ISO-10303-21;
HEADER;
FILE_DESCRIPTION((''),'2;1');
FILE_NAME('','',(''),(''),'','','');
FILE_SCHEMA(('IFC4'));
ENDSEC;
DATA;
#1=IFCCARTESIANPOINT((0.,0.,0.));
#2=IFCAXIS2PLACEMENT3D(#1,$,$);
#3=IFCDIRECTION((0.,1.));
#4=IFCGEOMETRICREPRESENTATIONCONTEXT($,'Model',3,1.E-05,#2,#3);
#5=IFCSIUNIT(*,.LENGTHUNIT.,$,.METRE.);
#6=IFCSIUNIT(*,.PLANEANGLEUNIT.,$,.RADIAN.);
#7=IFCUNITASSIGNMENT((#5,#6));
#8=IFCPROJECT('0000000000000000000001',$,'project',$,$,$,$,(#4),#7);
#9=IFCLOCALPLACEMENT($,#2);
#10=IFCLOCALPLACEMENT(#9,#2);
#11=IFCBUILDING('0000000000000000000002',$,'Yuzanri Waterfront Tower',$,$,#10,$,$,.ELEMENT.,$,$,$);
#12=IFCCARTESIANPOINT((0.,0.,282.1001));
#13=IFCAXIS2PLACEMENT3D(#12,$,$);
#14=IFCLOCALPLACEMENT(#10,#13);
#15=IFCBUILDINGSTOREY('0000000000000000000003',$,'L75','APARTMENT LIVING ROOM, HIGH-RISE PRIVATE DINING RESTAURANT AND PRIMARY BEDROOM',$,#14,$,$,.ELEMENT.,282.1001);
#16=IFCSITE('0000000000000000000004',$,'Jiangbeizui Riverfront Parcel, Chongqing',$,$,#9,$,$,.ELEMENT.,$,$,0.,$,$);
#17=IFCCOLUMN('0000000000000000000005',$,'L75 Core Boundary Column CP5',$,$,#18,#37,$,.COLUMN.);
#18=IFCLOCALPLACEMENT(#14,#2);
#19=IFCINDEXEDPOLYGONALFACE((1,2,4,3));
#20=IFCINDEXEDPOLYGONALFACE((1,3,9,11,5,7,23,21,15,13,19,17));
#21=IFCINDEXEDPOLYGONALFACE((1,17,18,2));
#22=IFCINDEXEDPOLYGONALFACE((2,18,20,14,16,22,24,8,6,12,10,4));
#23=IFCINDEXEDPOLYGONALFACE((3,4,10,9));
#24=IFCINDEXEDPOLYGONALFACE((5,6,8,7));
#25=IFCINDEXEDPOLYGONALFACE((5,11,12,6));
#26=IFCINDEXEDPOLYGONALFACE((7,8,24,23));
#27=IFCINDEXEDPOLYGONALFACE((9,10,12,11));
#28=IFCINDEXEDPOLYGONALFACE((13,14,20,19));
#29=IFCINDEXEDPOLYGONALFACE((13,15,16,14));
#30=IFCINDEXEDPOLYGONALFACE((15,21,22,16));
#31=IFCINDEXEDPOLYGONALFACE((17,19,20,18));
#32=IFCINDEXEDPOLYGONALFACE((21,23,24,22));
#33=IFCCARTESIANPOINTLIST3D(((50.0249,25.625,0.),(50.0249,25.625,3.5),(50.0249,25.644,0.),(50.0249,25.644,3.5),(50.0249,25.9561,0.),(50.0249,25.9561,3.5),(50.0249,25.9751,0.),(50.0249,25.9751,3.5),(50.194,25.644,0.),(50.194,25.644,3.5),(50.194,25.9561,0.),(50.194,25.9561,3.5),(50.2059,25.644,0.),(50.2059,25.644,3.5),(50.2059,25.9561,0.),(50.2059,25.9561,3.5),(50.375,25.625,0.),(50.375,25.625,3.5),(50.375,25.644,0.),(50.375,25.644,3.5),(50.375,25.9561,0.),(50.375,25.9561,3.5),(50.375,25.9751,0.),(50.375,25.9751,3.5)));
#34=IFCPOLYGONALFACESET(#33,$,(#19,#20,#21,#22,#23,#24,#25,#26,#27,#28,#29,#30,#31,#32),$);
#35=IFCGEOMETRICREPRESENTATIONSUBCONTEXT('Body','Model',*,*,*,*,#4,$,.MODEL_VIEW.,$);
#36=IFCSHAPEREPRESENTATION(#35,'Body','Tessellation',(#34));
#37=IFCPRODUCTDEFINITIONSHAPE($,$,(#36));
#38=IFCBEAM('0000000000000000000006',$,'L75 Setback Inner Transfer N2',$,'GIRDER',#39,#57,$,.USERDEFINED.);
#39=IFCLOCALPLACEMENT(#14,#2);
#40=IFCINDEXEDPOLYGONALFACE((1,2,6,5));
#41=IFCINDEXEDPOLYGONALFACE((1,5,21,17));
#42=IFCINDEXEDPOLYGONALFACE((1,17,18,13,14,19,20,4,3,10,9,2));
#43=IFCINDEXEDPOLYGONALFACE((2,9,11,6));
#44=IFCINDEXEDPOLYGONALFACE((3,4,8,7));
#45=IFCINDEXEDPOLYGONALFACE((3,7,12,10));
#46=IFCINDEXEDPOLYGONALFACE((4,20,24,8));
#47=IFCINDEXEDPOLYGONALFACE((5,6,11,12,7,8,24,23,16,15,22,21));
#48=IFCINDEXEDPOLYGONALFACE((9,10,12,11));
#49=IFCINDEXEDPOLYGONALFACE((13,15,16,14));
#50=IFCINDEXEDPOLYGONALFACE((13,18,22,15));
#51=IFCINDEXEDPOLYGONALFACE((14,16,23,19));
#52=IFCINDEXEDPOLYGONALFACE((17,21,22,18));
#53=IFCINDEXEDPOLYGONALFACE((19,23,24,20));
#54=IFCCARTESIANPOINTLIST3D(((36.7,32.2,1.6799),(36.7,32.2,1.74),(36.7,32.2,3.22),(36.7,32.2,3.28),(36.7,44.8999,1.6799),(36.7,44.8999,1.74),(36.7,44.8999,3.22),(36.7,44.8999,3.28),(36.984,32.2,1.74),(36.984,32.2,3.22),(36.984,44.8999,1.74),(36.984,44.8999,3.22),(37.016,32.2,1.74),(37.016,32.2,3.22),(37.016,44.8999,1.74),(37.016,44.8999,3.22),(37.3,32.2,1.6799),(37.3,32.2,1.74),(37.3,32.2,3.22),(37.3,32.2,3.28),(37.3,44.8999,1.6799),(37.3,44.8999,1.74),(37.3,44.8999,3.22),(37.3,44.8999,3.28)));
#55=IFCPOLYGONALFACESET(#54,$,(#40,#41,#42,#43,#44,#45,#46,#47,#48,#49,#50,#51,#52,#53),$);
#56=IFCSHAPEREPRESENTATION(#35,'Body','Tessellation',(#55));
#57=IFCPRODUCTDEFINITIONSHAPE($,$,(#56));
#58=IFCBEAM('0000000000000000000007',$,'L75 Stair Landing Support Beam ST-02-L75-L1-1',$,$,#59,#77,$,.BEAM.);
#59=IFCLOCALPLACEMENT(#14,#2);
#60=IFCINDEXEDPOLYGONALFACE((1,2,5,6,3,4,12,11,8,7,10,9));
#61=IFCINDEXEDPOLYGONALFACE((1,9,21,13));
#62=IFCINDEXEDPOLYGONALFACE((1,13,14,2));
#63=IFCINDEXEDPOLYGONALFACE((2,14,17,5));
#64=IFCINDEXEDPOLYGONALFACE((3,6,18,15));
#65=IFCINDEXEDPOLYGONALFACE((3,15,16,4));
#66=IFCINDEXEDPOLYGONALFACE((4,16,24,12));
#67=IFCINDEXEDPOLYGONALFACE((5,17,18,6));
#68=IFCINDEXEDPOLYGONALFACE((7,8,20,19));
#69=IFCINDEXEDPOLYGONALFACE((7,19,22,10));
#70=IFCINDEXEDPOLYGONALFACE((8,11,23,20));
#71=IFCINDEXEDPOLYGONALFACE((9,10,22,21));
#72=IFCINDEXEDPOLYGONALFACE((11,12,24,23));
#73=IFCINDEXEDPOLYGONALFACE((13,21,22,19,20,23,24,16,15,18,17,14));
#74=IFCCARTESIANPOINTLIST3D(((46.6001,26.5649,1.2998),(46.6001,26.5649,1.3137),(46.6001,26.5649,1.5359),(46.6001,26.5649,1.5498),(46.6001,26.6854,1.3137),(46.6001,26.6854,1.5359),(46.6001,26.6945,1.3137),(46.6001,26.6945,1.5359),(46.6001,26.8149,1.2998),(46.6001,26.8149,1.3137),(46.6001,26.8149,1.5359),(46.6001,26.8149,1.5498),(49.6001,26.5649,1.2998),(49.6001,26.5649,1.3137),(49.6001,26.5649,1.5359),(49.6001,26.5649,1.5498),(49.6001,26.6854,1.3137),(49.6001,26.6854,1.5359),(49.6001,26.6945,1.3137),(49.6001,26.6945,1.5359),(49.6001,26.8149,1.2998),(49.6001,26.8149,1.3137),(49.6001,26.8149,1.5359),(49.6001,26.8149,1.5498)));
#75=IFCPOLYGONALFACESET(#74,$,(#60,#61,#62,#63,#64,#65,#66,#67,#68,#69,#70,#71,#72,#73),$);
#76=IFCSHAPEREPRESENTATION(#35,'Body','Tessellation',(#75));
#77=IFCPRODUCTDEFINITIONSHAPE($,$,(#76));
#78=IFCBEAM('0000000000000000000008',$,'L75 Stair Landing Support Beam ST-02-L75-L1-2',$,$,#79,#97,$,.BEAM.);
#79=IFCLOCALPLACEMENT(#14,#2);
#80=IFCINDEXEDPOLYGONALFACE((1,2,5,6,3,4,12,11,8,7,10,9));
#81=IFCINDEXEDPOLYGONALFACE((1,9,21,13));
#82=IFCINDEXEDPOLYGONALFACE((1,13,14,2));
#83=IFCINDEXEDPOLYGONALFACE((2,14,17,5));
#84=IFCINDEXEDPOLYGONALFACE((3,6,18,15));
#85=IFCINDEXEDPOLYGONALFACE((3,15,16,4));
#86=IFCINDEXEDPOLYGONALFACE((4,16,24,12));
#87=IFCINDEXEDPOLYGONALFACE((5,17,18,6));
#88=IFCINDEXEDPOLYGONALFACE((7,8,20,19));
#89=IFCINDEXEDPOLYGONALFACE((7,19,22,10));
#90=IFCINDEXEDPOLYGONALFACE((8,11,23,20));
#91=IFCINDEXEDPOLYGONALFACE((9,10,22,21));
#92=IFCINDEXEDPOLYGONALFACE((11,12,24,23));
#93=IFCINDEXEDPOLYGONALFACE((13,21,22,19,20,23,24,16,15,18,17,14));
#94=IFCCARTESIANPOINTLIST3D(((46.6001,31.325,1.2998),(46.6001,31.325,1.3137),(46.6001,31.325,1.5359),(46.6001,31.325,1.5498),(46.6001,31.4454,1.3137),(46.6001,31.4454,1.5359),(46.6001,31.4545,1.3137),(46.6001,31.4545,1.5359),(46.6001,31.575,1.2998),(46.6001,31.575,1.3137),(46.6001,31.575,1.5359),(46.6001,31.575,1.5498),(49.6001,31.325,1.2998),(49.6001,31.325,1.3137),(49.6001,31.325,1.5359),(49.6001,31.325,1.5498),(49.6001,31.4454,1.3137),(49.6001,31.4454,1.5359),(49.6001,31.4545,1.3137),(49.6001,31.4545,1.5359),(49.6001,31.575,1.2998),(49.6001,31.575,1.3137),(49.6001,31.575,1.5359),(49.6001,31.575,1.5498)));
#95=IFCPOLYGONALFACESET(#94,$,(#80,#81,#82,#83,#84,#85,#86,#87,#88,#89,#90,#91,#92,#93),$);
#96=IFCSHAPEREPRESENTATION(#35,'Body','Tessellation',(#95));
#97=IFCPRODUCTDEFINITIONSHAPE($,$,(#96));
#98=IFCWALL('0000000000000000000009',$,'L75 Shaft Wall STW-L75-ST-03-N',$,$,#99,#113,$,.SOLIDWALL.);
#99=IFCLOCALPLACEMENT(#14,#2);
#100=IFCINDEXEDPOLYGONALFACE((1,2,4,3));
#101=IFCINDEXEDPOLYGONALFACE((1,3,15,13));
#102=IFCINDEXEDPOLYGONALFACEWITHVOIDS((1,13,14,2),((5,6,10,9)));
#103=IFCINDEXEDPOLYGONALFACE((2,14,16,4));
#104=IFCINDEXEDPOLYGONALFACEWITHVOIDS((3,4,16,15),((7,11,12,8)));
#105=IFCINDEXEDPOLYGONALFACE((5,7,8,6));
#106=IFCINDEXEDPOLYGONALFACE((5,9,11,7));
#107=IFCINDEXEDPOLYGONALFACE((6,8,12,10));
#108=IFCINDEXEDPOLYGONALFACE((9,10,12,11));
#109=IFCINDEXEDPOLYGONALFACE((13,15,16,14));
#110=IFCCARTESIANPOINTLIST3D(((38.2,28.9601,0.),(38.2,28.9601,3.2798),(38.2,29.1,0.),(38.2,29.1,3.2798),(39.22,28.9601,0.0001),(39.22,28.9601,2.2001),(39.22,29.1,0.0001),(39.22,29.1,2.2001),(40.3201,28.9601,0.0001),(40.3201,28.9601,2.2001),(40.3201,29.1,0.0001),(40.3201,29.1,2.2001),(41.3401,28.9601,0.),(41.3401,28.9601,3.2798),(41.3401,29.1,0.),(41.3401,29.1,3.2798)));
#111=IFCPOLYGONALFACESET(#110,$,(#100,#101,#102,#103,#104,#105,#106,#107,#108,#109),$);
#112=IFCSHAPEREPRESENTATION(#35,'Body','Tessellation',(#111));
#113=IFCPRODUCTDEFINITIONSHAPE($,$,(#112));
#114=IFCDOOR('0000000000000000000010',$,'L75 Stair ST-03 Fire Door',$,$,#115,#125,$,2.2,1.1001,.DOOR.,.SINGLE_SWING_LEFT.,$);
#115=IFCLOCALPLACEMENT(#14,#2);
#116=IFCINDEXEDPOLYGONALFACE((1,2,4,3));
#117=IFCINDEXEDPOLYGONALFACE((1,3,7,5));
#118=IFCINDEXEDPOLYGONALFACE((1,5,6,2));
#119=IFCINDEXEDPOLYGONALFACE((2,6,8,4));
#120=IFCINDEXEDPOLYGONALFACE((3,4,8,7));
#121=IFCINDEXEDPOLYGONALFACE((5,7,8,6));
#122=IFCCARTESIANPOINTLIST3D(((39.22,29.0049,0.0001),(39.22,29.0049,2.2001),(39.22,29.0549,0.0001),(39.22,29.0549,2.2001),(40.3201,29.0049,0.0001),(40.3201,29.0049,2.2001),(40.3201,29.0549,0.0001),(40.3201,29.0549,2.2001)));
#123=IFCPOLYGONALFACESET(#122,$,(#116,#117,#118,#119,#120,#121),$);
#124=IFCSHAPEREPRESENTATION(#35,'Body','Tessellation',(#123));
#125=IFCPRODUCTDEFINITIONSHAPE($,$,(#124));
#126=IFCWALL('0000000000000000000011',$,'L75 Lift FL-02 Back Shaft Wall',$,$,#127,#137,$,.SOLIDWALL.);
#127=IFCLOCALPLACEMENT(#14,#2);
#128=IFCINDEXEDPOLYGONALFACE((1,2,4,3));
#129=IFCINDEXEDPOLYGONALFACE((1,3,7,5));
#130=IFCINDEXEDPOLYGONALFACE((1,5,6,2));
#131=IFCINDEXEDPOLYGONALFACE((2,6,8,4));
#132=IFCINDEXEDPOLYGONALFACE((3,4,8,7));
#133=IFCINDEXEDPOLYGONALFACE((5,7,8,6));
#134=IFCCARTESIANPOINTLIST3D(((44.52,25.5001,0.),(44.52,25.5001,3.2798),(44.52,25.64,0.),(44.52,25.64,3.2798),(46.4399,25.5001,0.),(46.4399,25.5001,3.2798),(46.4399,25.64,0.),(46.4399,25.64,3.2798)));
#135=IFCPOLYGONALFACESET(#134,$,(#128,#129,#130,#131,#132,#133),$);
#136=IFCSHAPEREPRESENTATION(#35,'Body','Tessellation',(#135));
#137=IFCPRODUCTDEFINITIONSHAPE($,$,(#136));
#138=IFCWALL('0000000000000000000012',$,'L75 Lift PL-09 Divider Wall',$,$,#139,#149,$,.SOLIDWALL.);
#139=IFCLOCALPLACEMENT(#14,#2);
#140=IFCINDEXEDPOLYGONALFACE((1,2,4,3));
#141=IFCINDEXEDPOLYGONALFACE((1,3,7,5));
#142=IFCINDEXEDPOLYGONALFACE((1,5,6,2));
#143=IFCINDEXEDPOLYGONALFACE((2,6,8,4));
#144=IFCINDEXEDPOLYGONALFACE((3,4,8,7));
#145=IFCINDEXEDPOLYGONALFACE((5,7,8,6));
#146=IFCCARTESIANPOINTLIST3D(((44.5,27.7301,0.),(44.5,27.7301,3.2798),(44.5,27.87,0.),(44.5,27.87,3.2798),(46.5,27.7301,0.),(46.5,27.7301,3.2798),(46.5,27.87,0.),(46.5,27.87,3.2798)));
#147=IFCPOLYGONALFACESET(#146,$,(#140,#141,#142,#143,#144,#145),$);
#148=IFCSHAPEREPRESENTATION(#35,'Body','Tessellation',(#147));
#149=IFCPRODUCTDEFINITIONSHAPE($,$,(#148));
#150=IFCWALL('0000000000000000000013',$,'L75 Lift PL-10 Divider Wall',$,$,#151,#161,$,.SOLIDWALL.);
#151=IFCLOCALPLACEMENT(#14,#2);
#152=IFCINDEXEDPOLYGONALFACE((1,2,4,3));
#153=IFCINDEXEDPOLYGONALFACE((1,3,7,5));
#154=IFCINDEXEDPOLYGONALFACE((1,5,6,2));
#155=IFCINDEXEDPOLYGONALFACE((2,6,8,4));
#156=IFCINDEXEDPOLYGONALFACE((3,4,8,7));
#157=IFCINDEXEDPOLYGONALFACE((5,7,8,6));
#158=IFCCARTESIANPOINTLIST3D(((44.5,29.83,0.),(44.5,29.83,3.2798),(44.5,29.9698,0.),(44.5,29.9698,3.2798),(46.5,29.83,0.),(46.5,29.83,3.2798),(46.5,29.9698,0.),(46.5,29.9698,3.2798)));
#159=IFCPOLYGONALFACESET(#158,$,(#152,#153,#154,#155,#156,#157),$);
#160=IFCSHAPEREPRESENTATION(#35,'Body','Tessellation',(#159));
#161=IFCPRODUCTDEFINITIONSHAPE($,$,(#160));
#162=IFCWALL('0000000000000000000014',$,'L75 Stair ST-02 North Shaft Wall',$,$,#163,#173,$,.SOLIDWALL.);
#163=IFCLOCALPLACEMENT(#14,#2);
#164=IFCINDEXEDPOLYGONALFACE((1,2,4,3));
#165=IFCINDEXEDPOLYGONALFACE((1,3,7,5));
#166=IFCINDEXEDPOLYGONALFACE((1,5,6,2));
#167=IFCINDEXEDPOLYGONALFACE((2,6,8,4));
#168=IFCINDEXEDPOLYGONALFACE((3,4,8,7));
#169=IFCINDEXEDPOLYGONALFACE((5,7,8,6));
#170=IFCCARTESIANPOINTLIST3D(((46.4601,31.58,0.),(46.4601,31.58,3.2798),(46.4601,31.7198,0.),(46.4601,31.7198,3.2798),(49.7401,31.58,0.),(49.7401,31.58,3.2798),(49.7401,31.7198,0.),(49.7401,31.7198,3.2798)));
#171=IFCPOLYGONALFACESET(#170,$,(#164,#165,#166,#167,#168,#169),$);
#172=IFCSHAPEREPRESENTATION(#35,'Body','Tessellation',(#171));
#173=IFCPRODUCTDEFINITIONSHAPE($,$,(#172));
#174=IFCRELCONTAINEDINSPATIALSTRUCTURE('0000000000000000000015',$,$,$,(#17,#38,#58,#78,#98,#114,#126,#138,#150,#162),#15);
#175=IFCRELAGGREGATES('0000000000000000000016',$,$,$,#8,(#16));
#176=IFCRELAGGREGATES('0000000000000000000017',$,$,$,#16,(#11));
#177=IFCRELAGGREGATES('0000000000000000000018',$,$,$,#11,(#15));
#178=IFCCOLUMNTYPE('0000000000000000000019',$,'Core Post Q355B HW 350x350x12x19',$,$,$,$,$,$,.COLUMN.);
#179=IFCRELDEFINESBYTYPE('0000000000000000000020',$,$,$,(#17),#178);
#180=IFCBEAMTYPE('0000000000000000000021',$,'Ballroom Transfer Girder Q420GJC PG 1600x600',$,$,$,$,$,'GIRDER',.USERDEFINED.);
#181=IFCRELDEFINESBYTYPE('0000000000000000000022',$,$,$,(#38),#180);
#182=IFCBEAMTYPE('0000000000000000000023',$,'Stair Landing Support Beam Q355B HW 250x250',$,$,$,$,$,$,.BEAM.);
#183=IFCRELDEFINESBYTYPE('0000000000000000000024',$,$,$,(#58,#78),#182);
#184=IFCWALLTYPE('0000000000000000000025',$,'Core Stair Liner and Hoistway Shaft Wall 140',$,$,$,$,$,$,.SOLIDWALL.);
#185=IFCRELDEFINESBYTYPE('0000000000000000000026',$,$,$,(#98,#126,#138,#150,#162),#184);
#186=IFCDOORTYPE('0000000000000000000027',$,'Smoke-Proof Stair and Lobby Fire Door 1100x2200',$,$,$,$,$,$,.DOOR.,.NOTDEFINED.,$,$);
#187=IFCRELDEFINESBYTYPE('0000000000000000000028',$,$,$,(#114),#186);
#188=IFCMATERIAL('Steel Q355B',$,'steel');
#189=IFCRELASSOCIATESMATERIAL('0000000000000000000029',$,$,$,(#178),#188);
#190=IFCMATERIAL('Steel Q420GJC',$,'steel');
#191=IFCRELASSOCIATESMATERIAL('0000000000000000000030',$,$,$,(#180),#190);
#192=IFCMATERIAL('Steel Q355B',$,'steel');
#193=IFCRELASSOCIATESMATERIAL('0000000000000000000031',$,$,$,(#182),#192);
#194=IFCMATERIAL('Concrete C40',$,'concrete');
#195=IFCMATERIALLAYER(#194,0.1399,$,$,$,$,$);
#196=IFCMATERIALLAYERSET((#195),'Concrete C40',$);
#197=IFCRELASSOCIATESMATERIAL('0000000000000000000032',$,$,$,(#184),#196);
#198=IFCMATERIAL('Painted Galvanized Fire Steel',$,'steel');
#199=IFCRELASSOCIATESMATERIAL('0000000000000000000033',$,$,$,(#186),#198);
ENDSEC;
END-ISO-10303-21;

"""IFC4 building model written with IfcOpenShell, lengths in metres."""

from ifc_helpers import new_model, si_unit, direction, frame, frame_2d, origin, origin_2d, place, context, subcontext, project, spatial, rectangle, i_section, extrude, source, transform, mapped, material, layer, layer_set, material_profile, profile_set, type_object, element, fill, save


model = new_model("IFC4")

# Units and contexts
model_context = context("Model", 3, precision=1e-05, world=origin(), true_north=direction((0.0, 1.0)))
body_context = subcontext(model_context, "Body", "Model", "MODEL_VIEW")
ifc_project = project(units=[si_unit("LENGTHUNIT", "METRE"), si_unit("PLANEANGLEUNIT", "RADIAN")], contexts=[model_context])

# Site, building, storey
site_placement = place(None, origin())
site = spatial("IfcSite", under=ifc_project, at=site_placement, Name="Jiangbeizui Riverfront Parcel, Chongqing", CompositionType="ELEMENT", RefElevation=0.0)
building_placement = place(site_placement, origin())
building = spatial("IfcBuilding", under=site, at=building_placement, Name="Yuzanri Waterfront Tower", CompositionType="ELEMENT")
storey_placement = place(building_placement, frame((0.0, 0.0, 282.1001)))
storey = spatial("IfcBuildingStorey", under=building, at=storey_placement, Name="L75", Description="APARTMENT LIVING ROOM, HIGH-RISE PRIVATE DINING RESTAURANT AND PRIMARY BEDROOM", CompositionType="ELEMENT", Elevation=282.1001)

# Column
ifc_material_1 = material(Name="Steel Q355B", Category="steel")
ifc_material_profile_1 = material_profile(ifc_material_1, i_section(OverallWidth=0.3501, OverallDepth=0.3501, WebThickness=0.012, FlangeThickness=0.019, at=origin_2d()), Name="HW 350x350x12x19")
ifc_profile_set_1 = profile_set([ifc_material_profile_1], Name="Steel Q355B")
column_type = type_object("IfcColumnType", Name="Core Post Q355B HW 350x350x12x19", PredefinedType="COLUMN", material=ifc_profile_set_1)
shared_shape_1 = source(origin(), body_context, "Body", "SweptSolid", [
    extrude(i_section(OverallWidth=0.3501, OverallDepth=0.3501, WebThickness=0.012, FlangeThickness=0.019, at=origin_2d()), origin(), (0.0, 0.0, 1.0), 3.5),
])
column_placement = place(storey_placement, frame((50.2, 25.8, 0.0), z_axis=(0.0, 0.0, 1.0), x_axis=(1.0, 0.0, 0.0)))
element("IfcColumn", 1, at=column_placement, inside=storey, type_object=column_type, Name="L75 Core Boundary Column CP5", PredefinedType="COLUMN", context=body_context, shape_type="MappedRepresentation", body=[
    mapped(shared_shape_1, transform((0.0, 0.0, 0.0), scale=1.0)),
])

# Beams
ifc_material_2 = material(Name="Steel Q420GJC", Category="steel")
ifc_material_profile_2 = material_profile(ifc_material_2, i_section(OverallWidth=0.6001, OverallDepth=1.6001, WebThickness=0.032, FlangeThickness=0.0601, at=origin_2d()), Name="PG 1600x600x32x60")
ifc_profile_set_2 = profile_set([ifc_material_profile_2], Name="Steel Q420GJC")
beam_type_1 = type_object("IfcBeamType", Name="Ballroom Transfer Girder Q420GJC PG 1600x600", ElementType="GIRDER", PredefinedType="USERDEFINED", material=ifc_profile_set_2)
shared_shape_2 = source(origin(), body_context, "Body", "SweptSolid", [
    extrude(i_section(OverallWidth=0.6001, OverallDepth=1.6001, WebThickness=0.032, FlangeThickness=0.0601, at=origin_2d()), origin(), (0.0, 0.0, 1.0), 12.7),
])
beam_placement = place(storey_placement, frame((37.0, 32.2, 2.48), z_axis=(0.0, 1.0, 0.0), x_axis=(-1.0, 0.0, 0.0)))
element("IfcBeam", 2, at=beam_placement, inside=storey, type_object=beam_type_1, Name="L75 Setback Inner Transfer N2", ObjectType="GIRDER", PredefinedType="USERDEFINED", context=body_context, shape_type="MappedRepresentation", body=[
    mapped(shared_shape_2, transform((0.0, 0.0, 0.0), scale=1.0)),
])
ifc_material_3 = material(Name="Steel Q355B", Category="steel")
ifc_material_profile_3 = material_profile(ifc_material_3, i_section(OverallWidth=0.25, OverallDepth=0.25, WebThickness=0.009, FlangeThickness=0.0139, at=origin_2d()), Name="HW 250x250x9x14")
ifc_profile_set_3 = profile_set([ifc_material_profile_3], Name="Steel Q355B")
beam_type_2 = type_object("IfcBeamType", Name="Stair Landing Support Beam Q355B HW 250x250", PredefinedType="BEAM", material=ifc_profile_set_3)
shared_shape_3 = source(origin(), body_context, "Body", "SweptSolid", [
    extrude(i_section(OverallWidth=0.25, OverallDepth=0.25, WebThickness=0.009, FlangeThickness=0.0139, at=origin_2d()), origin(), (0.0, 0.0, 1.0), 3.0),
])
for number, where, z_axis, x_axis, name in (
    (3, (46.6001, 26.6899, 1.4248), (1.0, 0.0, 0.0), (0.0, 1.0, 0.0), "L75 Stair Landing Support Beam ST-02-L75-L1-1"),
    (4, (46.6001, 31.45, 1.4248), (1.0, 0.0, 0.0), (0.0, 1.0, 0.0), "L75 Stair Landing Support Beam ST-02-L75-L1-2"),
):
    element("IfcBeam", number, at=place(storey_placement, frame(where, z_axis=z_axis, x_axis=x_axis)), inside=storey, type_object=beam_type_2, Name=name, PredefinedType="BEAM", context=body_context, shape_type="MappedRepresentation", body=[
        mapped(shared_shape_3, transform((0.0, 0.0, 0.0), scale=1.0)),
    ])

# Wall, opening, door
ifc_material_4 = material(Name="Concrete C40", Category="concrete")
ifc_layer_1 = layer(ifc_material_4, 0.1399)
ifc_layer_set_1 = layer_set([ifc_layer_1], Name="Concrete C40")
wall_type_1 = type_object("IfcWallType", Name="Core Stair Liner and Hoistway Shaft Wall 140", PredefinedType="SOLIDWALL", material=ifc_layer_set_1)
wall_1_placement = place(storey_placement, frame((38.2, 29.03, 0.0), z_axis=(0.0, 0.0, 1.0), x_axis=(1.0, 0.0, 0.0)))
wall_1 = element("IfcWall", 5, at=wall_1_placement, inside=storey, type_object=wall_type_1, Name="L75 Shaft Wall STW-L75-ST-03-N", PredefinedType="SOLIDWALL", context=body_context, shape_type="SweptSolid", body=[
    extrude(rectangle(XDim=3.1401, YDim=0.1399, at=frame_2d((1.5701, 0.0))), origin(), (0.0, 0.0, 1.0), 3.2798),
])
opening_placement = place(wall_1_placement, frame((1.02, 0.0, 0.0)))
opening = element("IfcOpeningElement", 6, at=opening_placement, cuts=wall_1, PredefinedType="OPENING", context=body_context, shape_type="SweptSolid", body=[
    extrude(rectangle(XDim=1.1001, YDim=2.2, at=frame_2d((0.55, 1.1001))), frame((0.0, 0.085, 0.0), z_axis=(0.0, -1.0, 0.0), x_axis=(1.0, 0.0, 0.0)), (0.0, 0.0, 1.0), 0.1697),
])
ifc_material_5 = material(Name="Painted Galvanized Fire Steel", Category="steel")
door_type = type_object("IfcDoorType", Name="Smoke-Proof Stair and Lobby Fire Door 1100x2200", OperationType="NOTDEFINED", PredefinedType="DOOR", material=ifc_material_5)
shared_shape_4 = source(origin(), body_context, "Body", "SweptSolid", [
    extrude(rectangle(XDim=1.1001, YDim=2.2, at=frame_2d((0.55, 1.1001))), frame((0.0, 0.0249, 0.0), z_axis=(0.0, -1.0, 0.0), x_axis=(1.0, 0.0, 0.0)), (0.0, 0.0, 1.0), 0.05),
])
door_placement = place(opening_placement, origin())
door = element("IfcDoor", 7, at=door_placement, inside=storey, type_object=door_type, Name="L75 Stair ST-03 Fire Door", OperationType="SINGLE_SWING_LEFT", OverallHeight=2.2, OverallWidth=1.1001, PredefinedType="DOOR", context=body_context, shape_type="MappedRepresentation", body=[
    mapped(shared_shape_4, transform((0.0, 0.0, 0.0), scale=1.0)),
])
fill(opening, door)

# Walls
shared_shape_5 = source(origin(), body_context, "Body", "SweptSolid", [
    extrude(rectangle(XDim=1.9199, YDim=0.1399, at=frame_2d((0.96, 0.0))), origin(), (0.0, 0.0, 1.0), 3.2798),
])
wall_2_placement = place(storey_placement, frame((44.52, 25.5701, 0.0), z_axis=(0.0, 0.0, 1.0), x_axis=(1.0, 0.0, 0.0)))
element("IfcWall", 8, at=wall_2_placement, inside=storey, type_object=wall_type_1, Name="L75 Lift FL-02 Back Shaft Wall", PredefinedType="SOLIDWALL", context=body_context, shape_type="MappedRepresentation", body=[
    mapped(shared_shape_5, transform((0.0, 0.0, 0.0), scale=1.0)),
])
shared_shape_6 = source(origin(), body_context, "Body", "SweptSolid", [
    extrude(rectangle(XDim=2.0, YDim=0.1399, at=frame_2d((1.0, 0.0))), origin(), (0.0, 0.0, 1.0), 3.2798),
])
for number, where, z_axis, x_axis, name in (
    (9, (44.5, 27.8, 0.0), (0.0, 0.0, 1.0), (1.0, 0.0, 0.0), "L75 Lift PL-09 Divider Wall"),
    (10, (44.5, 29.8999, 0.0), (0.0, 0.0, 1.0), (1.0, 0.0, 0.0), "L75 Lift PL-10 Divider Wall"),
):
    element("IfcWall", number, at=place(storey_placement, frame(where, z_axis=z_axis, x_axis=x_axis)), inside=storey, type_object=wall_type_1, Name=name, PredefinedType="SOLIDWALL", context=body_context, shape_type="MappedRepresentation", body=[
        mapped(shared_shape_6, transform((0.0, 0.0, 0.0), scale=1.0)),
    ])
shared_shape_7 = source(origin(), body_context, "Body", "SweptSolid", [
    extrude(rectangle(XDim=3.28, YDim=0.1399, at=frame_2d((1.6401, 0.0))), origin(), (0.0, 0.0, 1.0), 3.2798),
])
wall_3_placement = place(storey_placement, frame((46.46, 31.6499, 0.0), z_axis=(0.0, 0.0, 1.0), x_axis=(1.0, 0.0, 0.0)))
element("IfcWall", 11, at=wall_3_placement, inside=storey, type_object=wall_type_1, Name="L75 Stair ST-02 North Shaft Wall", PredefinedType="SOLIDWALL", context=body_context, shape_type="MappedRepresentation", body=[
    mapped(shared_shape_7, transform((0.0, 0.0, 0.0), scale=1.0)),
])

save(model, "model.ifc")
